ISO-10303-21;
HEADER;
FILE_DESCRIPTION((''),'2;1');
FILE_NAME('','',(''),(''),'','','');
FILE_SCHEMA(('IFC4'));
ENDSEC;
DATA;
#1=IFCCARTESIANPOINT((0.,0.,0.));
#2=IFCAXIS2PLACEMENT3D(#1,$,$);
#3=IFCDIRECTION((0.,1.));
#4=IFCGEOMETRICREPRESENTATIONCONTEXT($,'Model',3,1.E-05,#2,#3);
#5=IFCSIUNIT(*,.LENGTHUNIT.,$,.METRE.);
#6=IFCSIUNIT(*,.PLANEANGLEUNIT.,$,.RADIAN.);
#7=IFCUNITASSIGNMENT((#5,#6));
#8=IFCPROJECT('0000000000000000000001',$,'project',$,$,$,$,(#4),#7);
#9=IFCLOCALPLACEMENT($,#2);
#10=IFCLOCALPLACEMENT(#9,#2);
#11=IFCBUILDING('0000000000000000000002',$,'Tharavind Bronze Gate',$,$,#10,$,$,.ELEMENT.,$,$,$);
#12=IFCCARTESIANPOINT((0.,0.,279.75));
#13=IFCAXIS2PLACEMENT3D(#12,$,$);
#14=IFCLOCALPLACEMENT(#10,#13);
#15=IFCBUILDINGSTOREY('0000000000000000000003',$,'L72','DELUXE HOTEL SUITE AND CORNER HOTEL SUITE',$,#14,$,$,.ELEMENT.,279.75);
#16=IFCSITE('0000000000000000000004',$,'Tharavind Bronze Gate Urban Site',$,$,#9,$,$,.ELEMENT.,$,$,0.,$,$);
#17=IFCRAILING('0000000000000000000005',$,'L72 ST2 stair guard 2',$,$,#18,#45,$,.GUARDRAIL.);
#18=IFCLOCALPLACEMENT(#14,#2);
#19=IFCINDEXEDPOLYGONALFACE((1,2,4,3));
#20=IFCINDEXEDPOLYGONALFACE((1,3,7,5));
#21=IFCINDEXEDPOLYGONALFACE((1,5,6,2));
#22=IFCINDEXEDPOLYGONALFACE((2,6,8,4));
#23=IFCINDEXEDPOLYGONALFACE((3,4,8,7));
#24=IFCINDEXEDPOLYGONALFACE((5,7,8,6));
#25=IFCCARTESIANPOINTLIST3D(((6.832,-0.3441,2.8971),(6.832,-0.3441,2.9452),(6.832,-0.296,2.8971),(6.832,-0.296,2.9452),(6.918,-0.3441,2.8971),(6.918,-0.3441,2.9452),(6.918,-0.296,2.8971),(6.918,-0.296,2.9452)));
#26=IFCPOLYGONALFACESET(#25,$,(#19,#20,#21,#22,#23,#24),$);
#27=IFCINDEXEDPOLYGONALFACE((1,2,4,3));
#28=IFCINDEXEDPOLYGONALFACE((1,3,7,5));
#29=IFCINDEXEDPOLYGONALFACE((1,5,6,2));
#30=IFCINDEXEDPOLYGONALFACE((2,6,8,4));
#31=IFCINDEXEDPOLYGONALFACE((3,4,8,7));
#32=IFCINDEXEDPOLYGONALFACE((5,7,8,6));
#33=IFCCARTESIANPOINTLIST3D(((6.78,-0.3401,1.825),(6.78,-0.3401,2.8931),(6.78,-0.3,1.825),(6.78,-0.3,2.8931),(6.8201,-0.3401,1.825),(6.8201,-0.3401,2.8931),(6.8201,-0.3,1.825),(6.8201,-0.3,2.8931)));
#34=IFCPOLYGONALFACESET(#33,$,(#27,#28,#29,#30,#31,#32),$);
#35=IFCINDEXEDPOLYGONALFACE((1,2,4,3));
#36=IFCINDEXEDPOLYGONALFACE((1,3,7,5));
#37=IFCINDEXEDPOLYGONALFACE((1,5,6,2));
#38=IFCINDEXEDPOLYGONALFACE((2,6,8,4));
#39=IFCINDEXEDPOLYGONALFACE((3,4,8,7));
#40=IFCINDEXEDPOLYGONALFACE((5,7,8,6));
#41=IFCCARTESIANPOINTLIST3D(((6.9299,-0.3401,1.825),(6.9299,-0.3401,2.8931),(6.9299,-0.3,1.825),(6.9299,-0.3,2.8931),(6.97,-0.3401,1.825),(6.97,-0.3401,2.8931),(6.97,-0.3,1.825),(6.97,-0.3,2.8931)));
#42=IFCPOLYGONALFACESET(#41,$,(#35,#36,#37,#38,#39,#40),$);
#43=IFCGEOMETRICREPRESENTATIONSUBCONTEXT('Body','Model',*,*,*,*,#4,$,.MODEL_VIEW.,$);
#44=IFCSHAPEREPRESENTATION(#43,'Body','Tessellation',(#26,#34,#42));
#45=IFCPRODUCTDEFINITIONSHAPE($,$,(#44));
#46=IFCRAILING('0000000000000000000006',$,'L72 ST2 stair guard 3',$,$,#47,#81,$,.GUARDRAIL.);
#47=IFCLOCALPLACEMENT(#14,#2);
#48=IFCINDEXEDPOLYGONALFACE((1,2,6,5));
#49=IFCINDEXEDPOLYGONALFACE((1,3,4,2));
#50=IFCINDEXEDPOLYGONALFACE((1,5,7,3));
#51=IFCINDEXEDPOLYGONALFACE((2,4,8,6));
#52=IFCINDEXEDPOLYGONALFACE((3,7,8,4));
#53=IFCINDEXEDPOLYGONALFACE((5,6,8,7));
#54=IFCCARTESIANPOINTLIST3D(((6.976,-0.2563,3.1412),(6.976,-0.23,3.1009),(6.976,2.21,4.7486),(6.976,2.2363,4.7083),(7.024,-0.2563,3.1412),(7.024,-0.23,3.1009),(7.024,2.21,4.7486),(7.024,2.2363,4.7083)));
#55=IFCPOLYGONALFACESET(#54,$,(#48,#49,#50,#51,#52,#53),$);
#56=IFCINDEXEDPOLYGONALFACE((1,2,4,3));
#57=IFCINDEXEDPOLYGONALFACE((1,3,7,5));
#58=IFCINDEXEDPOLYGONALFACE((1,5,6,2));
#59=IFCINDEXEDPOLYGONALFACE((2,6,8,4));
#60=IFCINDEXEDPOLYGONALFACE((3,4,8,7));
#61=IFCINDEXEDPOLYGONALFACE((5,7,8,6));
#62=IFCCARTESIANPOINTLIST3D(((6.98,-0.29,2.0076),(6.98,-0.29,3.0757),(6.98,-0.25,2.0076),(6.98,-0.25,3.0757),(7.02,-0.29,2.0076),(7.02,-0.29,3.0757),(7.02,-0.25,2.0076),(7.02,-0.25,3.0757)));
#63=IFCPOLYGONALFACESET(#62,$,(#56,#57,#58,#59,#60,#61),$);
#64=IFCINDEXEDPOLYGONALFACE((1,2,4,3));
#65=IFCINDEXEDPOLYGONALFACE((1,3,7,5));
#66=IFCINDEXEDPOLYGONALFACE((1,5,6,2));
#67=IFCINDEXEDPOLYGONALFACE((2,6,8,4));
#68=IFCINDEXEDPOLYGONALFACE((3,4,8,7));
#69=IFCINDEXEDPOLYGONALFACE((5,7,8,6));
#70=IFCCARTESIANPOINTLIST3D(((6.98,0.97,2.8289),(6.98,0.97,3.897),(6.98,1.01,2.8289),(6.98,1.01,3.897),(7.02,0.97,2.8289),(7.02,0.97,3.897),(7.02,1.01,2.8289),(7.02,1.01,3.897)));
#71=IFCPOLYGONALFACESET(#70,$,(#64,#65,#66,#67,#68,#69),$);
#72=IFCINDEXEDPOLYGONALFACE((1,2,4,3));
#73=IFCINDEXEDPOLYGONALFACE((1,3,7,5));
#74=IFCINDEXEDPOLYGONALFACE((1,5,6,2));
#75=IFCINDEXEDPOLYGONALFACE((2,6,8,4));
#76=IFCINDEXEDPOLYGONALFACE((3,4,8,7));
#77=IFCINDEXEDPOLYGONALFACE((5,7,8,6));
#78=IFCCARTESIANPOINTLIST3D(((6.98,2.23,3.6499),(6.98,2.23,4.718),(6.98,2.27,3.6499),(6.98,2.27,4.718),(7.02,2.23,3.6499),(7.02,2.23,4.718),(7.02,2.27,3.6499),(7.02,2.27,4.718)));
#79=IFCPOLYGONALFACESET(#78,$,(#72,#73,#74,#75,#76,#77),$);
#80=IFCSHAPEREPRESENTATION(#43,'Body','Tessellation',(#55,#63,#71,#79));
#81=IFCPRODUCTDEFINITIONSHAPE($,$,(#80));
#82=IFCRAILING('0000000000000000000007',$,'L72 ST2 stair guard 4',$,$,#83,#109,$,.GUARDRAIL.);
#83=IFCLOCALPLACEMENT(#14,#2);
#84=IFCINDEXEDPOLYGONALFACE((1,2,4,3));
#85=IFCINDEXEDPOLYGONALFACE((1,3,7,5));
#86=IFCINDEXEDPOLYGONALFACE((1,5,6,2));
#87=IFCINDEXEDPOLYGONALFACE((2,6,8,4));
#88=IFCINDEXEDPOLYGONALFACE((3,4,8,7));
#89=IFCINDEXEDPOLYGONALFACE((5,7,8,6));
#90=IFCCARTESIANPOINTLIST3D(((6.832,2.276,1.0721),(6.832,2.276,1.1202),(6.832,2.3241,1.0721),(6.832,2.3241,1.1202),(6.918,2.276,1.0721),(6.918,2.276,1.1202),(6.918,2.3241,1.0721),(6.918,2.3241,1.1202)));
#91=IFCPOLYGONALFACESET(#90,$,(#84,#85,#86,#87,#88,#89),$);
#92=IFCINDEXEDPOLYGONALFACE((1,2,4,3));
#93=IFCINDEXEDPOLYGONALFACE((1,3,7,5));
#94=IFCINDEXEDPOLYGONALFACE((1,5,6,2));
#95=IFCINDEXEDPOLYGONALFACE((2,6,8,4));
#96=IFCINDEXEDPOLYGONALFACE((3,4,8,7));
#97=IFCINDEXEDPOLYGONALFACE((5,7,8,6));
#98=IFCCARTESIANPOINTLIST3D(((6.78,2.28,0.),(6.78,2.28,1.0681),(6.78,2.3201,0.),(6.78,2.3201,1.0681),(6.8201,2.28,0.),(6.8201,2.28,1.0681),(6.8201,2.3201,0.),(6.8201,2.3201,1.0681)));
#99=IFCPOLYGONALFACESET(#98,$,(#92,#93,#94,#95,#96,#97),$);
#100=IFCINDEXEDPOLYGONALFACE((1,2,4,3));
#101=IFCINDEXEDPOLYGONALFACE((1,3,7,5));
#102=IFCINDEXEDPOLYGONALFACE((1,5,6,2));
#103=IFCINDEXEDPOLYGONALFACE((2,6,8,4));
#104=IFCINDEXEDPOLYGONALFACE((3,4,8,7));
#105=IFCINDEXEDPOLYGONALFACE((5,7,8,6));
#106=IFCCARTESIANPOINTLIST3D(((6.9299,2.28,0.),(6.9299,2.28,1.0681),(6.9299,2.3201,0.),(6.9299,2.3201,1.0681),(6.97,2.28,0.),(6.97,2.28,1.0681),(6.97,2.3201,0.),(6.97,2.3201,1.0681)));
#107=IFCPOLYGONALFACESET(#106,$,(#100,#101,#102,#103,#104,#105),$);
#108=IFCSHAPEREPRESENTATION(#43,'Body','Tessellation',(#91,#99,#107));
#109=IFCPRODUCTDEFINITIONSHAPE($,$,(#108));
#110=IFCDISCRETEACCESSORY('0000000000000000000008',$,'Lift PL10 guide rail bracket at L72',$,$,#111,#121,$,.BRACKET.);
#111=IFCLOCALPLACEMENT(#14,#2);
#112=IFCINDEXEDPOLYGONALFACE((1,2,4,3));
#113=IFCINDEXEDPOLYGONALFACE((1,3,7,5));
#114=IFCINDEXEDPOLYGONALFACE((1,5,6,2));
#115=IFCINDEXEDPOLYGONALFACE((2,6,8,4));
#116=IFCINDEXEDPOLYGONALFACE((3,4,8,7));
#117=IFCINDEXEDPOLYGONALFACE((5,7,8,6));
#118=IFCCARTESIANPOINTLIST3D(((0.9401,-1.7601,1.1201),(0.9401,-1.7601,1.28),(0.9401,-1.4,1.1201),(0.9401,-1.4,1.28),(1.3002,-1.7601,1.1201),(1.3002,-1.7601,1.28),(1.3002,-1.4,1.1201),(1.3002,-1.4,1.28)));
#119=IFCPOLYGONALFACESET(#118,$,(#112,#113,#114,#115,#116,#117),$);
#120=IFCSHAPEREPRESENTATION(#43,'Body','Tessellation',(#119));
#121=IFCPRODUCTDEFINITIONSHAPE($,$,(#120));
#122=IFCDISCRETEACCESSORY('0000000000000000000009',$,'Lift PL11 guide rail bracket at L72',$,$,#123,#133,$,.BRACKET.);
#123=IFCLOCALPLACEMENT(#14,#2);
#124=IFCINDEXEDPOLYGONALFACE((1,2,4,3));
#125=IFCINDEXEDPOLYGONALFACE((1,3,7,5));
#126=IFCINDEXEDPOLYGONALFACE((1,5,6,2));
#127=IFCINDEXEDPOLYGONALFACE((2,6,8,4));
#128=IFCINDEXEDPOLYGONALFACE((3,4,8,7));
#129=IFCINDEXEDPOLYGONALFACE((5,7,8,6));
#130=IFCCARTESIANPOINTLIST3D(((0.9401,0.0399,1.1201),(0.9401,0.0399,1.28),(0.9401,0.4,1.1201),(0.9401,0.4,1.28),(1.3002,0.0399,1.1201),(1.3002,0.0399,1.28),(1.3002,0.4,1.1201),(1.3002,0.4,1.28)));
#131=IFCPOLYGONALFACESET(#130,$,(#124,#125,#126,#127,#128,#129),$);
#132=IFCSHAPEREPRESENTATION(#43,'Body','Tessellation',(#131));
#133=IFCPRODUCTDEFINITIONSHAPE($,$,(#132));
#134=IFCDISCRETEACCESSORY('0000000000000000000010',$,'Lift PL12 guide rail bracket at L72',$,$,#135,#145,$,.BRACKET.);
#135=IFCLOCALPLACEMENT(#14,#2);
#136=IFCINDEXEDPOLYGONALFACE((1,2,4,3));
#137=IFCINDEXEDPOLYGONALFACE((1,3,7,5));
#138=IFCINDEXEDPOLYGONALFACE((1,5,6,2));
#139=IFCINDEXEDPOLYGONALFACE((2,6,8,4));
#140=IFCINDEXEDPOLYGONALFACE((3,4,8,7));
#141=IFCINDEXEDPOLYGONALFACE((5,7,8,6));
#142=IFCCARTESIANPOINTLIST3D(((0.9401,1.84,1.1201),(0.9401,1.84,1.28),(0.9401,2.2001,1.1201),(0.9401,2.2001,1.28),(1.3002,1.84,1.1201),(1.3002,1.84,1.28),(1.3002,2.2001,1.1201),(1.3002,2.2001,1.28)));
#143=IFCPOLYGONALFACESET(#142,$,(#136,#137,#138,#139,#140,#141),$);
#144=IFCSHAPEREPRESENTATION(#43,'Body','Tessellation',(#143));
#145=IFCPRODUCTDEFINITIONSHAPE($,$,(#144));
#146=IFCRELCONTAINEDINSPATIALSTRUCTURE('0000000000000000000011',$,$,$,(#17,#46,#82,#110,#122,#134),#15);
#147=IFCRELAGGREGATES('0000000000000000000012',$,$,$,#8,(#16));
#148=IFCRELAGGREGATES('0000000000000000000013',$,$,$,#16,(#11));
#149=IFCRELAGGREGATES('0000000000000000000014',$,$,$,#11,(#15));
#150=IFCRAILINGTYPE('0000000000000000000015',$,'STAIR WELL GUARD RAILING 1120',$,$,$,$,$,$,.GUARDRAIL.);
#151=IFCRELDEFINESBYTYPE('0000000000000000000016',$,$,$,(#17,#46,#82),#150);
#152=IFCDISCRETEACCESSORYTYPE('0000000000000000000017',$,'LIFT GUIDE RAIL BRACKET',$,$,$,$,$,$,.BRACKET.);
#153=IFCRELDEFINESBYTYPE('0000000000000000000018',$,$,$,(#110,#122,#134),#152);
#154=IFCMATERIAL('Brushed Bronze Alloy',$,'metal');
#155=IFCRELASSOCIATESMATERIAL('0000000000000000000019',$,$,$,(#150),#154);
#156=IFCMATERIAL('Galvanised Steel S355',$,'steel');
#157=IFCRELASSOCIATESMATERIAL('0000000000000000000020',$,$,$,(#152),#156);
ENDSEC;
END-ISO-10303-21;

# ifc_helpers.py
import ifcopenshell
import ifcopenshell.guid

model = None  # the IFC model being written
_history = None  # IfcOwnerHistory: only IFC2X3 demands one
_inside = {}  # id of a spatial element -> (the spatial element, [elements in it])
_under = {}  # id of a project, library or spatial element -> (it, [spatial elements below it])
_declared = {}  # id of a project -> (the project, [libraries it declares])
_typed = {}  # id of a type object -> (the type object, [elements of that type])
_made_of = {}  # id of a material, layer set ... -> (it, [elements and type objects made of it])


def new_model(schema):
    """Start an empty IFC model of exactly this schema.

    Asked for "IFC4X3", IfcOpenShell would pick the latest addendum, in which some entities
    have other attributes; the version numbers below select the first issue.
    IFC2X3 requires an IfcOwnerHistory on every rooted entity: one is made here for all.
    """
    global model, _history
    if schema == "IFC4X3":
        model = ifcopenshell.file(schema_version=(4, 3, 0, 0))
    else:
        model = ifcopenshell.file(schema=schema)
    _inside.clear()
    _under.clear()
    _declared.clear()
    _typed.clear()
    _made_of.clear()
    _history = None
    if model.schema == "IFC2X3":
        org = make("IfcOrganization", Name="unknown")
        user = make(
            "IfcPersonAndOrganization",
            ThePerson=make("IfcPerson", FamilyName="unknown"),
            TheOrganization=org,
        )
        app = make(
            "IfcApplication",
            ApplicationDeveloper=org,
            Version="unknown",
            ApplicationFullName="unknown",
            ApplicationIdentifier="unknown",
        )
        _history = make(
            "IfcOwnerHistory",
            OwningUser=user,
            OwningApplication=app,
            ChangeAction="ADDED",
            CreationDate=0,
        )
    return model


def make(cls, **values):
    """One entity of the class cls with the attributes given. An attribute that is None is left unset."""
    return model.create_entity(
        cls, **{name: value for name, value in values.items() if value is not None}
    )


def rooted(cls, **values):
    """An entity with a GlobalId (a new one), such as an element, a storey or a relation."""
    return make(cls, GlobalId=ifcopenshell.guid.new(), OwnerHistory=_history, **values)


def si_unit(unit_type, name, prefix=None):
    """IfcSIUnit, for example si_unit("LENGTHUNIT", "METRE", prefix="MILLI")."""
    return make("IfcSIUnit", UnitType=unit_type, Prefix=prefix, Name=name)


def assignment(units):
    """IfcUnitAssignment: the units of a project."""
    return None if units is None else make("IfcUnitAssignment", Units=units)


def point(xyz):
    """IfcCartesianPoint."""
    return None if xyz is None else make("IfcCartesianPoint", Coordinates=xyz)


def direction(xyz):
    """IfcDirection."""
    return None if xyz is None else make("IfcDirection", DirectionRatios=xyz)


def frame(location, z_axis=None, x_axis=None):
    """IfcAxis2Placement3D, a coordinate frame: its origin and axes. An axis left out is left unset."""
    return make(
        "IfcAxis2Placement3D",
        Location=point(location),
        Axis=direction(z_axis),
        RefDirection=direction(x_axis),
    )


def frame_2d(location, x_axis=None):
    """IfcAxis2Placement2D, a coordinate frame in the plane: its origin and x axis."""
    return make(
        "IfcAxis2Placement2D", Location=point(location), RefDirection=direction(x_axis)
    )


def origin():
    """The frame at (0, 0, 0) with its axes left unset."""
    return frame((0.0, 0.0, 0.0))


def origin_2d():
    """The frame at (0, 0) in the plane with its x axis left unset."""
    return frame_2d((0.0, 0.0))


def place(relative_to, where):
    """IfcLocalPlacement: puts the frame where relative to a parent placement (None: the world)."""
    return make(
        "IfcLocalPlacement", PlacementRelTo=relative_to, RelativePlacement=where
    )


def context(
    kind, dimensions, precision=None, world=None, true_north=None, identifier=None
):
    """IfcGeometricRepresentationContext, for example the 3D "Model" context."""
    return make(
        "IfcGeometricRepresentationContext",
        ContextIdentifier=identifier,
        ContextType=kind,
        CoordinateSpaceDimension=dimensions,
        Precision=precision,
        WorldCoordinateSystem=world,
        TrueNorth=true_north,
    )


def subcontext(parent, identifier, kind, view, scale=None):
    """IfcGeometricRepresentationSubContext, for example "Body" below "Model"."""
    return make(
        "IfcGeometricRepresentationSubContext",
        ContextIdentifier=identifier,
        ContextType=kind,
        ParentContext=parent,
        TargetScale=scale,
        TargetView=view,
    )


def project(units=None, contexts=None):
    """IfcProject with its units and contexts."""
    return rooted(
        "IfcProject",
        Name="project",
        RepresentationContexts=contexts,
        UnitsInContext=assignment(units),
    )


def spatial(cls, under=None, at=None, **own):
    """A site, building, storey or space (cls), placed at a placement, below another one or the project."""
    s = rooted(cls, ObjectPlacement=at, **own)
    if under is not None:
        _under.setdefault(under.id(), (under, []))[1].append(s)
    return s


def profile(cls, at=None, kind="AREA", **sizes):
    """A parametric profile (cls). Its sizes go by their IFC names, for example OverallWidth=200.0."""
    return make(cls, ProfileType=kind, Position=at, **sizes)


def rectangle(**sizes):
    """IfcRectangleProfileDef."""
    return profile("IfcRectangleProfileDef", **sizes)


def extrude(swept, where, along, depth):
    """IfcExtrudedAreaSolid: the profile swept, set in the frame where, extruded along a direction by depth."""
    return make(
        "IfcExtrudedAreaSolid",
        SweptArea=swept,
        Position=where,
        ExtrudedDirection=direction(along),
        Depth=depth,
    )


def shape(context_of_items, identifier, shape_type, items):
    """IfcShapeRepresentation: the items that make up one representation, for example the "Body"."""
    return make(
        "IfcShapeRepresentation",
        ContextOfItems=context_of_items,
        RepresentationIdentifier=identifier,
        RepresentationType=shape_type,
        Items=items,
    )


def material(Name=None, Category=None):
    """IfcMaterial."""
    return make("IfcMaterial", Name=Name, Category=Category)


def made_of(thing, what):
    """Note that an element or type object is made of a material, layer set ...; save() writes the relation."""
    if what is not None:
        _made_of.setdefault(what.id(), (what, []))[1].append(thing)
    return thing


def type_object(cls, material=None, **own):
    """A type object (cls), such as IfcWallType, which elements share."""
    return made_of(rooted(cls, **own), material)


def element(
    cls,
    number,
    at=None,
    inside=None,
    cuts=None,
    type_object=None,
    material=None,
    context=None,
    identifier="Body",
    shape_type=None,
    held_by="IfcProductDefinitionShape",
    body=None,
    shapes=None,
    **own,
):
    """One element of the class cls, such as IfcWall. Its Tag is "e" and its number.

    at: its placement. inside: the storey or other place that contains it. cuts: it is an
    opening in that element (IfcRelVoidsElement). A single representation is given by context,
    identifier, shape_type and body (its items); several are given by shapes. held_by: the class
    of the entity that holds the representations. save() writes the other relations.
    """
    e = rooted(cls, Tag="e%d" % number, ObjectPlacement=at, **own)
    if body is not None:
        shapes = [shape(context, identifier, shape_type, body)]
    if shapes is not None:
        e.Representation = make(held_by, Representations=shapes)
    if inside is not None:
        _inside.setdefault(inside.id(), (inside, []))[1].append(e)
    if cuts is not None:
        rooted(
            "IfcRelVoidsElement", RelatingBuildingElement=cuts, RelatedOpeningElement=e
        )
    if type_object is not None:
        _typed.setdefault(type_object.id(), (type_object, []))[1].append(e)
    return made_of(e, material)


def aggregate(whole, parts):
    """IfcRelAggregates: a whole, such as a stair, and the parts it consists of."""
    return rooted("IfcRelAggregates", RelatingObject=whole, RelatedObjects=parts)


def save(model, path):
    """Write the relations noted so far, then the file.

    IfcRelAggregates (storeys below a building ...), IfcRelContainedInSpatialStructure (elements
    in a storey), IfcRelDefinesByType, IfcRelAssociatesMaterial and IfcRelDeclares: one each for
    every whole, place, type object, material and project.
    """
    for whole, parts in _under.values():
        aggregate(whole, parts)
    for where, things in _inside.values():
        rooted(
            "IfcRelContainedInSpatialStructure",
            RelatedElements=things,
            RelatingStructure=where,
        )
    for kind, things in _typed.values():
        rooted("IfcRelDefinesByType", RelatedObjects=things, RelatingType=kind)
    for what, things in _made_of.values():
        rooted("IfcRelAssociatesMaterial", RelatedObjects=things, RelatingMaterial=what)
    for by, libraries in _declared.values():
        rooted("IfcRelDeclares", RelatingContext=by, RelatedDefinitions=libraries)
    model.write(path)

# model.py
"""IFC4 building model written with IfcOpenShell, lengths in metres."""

from ifc_helpers import new_model, si_unit, direction, frame, origin, origin_2d, place, context, subcontext, project, spatial, rectangle, extrude, material, type_object, element, save


model = new_model("IFC4")

# Units and contexts
model_context = context("Model", 3, precision=1e-05, world=origin(), true_north=direction((0.0, 1.0)))
body_context = subcontext(model_context, "Body", "Model", "MODEL_VIEW")
ifc_project = project(units=[si_unit("LENGTHUNIT", "METRE"), si_unit("PLANEANGLEUNIT", "RADIAN")], contexts=[model_context])

# Site, building, storey
site_placement = place(None, origin())
site = spatial("IfcSite", under=ifc_project, at=site_placement, Name="Tharavind Bronze Gate Urban Site", CompositionType="ELEMENT", RefElevation=0.0)
building_placement = place(site_placement, origin())
building = spatial("IfcBuilding", under=site, at=building_placement, Name="Tharavind Bronze Gate", CompositionType="ELEMENT")
storey_placement = place(building_placement, frame((0.0, 0.0, 279.75)))
storey = spatial("IfcBuildingStorey", under=building, at=storey_placement, Name="L72", Description="DELUXE HOTEL SUITE AND CORNER HOTEL SUITE", CompositionType="ELEMENT", Elevation=279.75)

# Railings
ifc_material_1 = material(Name="Brushed Bronze Alloy", Category="metal")
railing_type_1 = type_object("IfcRailingType", Name="STAIR WELL GUARD RAILING 1120", PredefinedType="GUARDRAIL", material=ifc_material_1)
railing_1_placement = place(storey_placement, frame((6.8, -0.3201, 1.825)))
element("IfcRailing", 1, at=railing_1_placement, inside=storey, type_object=railing_type_1, Name="L72 ST2 stair guard 2", PredefinedType="GUARDRAIL", context=body_context, shape_type="SweptSolid", body=[
    extrude(rectangle(XDim=0.0481, YDim=0.0481, at=origin_2d()), frame((0.032, 0.0, 1.0962), z_axis=(1.0, 0.0, 0.0), x_axis=(0.0, 1.0, 0.0)), (0.0, 0.0, 1.0), 0.0859),
    extrude(rectangle(XDim=0.04, YDim=0.04, at=origin_2d()), origin(), (0.0, 0.0, 1.0), 1.0681),
    extrude(rectangle(XDim=0.04, YDim=0.04, at=origin_2d()), frame((0.1499, 0.0, 0.0)), (0.0, 0.0, 1.0), 1.0681),
])
railing_2_placement = place(storey_placement, frame((7.0, -0.27, 2.0076)))
element("IfcRailing", 2, at=railing_2_placement, inside=storey, type_object=railing_type_1, Name="L72 ST2 stair guard 3", PredefinedType="GUARDRAIL", context=body_context, shape_type="SweptSolid", body=[
    extrude(rectangle(XDim=0.0481, YDim=0.0481, at=origin_2d()), frame((0.0, 0.0269, 1.1135), z_axis=(0.0, 0.837787, 0.545998), x_axis=(-1.0, 0.0, 0.0)), (0.0, 0.0, 1.0), 2.9438),
    extrude(rectangle(XDim=0.04, YDim=0.04, at=origin_2d()), origin(), (0.0, 0.0, 1.0), 1.0681),
    extrude(rectangle(XDim=0.04, YDim=0.04, at=origin_2d()), frame((0.0, 1.26, 0.8213)), (0.0, 0.0, 1.0), 1.0681),
    extrude(rectangle(XDim=0.04, YDim=0.04, at=origin_2d()), frame((0.0, 2.52, 1.6423)), (0.0, 0.0, 1.0), 1.0681),
])
railing_3_placement = place(storey_placement, frame((6.8, 2.3, 0.0)))
element("IfcRailing", 3, at=railing_3_placement, inside=storey, type_object=railing_type_1, Name="L72 ST2 stair guard 4", PredefinedType="GUARDRAIL", context=body_context, shape_type="SweptSolid", body=[
    extrude(rectangle(XDim=0.0481, YDim=0.0481, at=origin_2d()), frame((0.032, 0.0, 1.0962), z_axis=(1.0, 0.0, 0.0), x_axis=(0.0, 1.0, 0.0)), (0.0, 0.0, 1.0), 0.0859),
    extrude(rectangle(XDim=0.04, YDim=0.04, at=origin_2d()), origin(), (0.0, 0.0, 1.0), 1.0681),
    extrude(rectangle(XDim=0.04, YDim=0.04, at=origin_2d()), frame((0.1499, 0.0, 0.0)), (0.0, 0.0, 1.0), 1.0681),
])

# Discrete accessories
ifc_material_2 = material(Name="Galvanised Steel S355", Category="steel")
discrete_accessory_type = type_object("IfcDiscreteAccessoryType", Name="LIFT GUIDE RAIL BRACKET", PredefinedType="BRACKET", material=ifc_material_2)
for number, where, z_axis, x_axis, name in (
    (4, (1.1201, -1.5801, 1.1201), (0.0, 0.0, 1.0), (1.0, 0.0, 0.0), "Lift PL10 guide rail bracket at L72"),
    (5, (1.1201, 0.22, 1.1201), (0.0, 0.0, 1.0), (1.0, 0.0, 0.0), "Lift PL11 guide rail bracket at L72"),
    (6, (1.1201, 2.02, 1.1201), (0.0, 0.0, 1.0), (1.0, 0.0, 0.0), "Lift PL12 guide rail bracket at L72"),
):
    element("IfcDiscreteAccessory", number, at=place(storey_placement, frame(where, z_axis=z_axis, x_axis=x_axis)), inside=storey, type_object=discrete_accessory_type, Name=name, PredefinedType="BRACKET", context=body_context, shape_type="SweptSolid", body=[
        extrude(rectangle(XDim=0.3601, YDim=0.3601, at=origin_2d()), origin(), (0.0, 0.0, 1.0), 0.1599),
    ])

save(model, "model.ifc")
